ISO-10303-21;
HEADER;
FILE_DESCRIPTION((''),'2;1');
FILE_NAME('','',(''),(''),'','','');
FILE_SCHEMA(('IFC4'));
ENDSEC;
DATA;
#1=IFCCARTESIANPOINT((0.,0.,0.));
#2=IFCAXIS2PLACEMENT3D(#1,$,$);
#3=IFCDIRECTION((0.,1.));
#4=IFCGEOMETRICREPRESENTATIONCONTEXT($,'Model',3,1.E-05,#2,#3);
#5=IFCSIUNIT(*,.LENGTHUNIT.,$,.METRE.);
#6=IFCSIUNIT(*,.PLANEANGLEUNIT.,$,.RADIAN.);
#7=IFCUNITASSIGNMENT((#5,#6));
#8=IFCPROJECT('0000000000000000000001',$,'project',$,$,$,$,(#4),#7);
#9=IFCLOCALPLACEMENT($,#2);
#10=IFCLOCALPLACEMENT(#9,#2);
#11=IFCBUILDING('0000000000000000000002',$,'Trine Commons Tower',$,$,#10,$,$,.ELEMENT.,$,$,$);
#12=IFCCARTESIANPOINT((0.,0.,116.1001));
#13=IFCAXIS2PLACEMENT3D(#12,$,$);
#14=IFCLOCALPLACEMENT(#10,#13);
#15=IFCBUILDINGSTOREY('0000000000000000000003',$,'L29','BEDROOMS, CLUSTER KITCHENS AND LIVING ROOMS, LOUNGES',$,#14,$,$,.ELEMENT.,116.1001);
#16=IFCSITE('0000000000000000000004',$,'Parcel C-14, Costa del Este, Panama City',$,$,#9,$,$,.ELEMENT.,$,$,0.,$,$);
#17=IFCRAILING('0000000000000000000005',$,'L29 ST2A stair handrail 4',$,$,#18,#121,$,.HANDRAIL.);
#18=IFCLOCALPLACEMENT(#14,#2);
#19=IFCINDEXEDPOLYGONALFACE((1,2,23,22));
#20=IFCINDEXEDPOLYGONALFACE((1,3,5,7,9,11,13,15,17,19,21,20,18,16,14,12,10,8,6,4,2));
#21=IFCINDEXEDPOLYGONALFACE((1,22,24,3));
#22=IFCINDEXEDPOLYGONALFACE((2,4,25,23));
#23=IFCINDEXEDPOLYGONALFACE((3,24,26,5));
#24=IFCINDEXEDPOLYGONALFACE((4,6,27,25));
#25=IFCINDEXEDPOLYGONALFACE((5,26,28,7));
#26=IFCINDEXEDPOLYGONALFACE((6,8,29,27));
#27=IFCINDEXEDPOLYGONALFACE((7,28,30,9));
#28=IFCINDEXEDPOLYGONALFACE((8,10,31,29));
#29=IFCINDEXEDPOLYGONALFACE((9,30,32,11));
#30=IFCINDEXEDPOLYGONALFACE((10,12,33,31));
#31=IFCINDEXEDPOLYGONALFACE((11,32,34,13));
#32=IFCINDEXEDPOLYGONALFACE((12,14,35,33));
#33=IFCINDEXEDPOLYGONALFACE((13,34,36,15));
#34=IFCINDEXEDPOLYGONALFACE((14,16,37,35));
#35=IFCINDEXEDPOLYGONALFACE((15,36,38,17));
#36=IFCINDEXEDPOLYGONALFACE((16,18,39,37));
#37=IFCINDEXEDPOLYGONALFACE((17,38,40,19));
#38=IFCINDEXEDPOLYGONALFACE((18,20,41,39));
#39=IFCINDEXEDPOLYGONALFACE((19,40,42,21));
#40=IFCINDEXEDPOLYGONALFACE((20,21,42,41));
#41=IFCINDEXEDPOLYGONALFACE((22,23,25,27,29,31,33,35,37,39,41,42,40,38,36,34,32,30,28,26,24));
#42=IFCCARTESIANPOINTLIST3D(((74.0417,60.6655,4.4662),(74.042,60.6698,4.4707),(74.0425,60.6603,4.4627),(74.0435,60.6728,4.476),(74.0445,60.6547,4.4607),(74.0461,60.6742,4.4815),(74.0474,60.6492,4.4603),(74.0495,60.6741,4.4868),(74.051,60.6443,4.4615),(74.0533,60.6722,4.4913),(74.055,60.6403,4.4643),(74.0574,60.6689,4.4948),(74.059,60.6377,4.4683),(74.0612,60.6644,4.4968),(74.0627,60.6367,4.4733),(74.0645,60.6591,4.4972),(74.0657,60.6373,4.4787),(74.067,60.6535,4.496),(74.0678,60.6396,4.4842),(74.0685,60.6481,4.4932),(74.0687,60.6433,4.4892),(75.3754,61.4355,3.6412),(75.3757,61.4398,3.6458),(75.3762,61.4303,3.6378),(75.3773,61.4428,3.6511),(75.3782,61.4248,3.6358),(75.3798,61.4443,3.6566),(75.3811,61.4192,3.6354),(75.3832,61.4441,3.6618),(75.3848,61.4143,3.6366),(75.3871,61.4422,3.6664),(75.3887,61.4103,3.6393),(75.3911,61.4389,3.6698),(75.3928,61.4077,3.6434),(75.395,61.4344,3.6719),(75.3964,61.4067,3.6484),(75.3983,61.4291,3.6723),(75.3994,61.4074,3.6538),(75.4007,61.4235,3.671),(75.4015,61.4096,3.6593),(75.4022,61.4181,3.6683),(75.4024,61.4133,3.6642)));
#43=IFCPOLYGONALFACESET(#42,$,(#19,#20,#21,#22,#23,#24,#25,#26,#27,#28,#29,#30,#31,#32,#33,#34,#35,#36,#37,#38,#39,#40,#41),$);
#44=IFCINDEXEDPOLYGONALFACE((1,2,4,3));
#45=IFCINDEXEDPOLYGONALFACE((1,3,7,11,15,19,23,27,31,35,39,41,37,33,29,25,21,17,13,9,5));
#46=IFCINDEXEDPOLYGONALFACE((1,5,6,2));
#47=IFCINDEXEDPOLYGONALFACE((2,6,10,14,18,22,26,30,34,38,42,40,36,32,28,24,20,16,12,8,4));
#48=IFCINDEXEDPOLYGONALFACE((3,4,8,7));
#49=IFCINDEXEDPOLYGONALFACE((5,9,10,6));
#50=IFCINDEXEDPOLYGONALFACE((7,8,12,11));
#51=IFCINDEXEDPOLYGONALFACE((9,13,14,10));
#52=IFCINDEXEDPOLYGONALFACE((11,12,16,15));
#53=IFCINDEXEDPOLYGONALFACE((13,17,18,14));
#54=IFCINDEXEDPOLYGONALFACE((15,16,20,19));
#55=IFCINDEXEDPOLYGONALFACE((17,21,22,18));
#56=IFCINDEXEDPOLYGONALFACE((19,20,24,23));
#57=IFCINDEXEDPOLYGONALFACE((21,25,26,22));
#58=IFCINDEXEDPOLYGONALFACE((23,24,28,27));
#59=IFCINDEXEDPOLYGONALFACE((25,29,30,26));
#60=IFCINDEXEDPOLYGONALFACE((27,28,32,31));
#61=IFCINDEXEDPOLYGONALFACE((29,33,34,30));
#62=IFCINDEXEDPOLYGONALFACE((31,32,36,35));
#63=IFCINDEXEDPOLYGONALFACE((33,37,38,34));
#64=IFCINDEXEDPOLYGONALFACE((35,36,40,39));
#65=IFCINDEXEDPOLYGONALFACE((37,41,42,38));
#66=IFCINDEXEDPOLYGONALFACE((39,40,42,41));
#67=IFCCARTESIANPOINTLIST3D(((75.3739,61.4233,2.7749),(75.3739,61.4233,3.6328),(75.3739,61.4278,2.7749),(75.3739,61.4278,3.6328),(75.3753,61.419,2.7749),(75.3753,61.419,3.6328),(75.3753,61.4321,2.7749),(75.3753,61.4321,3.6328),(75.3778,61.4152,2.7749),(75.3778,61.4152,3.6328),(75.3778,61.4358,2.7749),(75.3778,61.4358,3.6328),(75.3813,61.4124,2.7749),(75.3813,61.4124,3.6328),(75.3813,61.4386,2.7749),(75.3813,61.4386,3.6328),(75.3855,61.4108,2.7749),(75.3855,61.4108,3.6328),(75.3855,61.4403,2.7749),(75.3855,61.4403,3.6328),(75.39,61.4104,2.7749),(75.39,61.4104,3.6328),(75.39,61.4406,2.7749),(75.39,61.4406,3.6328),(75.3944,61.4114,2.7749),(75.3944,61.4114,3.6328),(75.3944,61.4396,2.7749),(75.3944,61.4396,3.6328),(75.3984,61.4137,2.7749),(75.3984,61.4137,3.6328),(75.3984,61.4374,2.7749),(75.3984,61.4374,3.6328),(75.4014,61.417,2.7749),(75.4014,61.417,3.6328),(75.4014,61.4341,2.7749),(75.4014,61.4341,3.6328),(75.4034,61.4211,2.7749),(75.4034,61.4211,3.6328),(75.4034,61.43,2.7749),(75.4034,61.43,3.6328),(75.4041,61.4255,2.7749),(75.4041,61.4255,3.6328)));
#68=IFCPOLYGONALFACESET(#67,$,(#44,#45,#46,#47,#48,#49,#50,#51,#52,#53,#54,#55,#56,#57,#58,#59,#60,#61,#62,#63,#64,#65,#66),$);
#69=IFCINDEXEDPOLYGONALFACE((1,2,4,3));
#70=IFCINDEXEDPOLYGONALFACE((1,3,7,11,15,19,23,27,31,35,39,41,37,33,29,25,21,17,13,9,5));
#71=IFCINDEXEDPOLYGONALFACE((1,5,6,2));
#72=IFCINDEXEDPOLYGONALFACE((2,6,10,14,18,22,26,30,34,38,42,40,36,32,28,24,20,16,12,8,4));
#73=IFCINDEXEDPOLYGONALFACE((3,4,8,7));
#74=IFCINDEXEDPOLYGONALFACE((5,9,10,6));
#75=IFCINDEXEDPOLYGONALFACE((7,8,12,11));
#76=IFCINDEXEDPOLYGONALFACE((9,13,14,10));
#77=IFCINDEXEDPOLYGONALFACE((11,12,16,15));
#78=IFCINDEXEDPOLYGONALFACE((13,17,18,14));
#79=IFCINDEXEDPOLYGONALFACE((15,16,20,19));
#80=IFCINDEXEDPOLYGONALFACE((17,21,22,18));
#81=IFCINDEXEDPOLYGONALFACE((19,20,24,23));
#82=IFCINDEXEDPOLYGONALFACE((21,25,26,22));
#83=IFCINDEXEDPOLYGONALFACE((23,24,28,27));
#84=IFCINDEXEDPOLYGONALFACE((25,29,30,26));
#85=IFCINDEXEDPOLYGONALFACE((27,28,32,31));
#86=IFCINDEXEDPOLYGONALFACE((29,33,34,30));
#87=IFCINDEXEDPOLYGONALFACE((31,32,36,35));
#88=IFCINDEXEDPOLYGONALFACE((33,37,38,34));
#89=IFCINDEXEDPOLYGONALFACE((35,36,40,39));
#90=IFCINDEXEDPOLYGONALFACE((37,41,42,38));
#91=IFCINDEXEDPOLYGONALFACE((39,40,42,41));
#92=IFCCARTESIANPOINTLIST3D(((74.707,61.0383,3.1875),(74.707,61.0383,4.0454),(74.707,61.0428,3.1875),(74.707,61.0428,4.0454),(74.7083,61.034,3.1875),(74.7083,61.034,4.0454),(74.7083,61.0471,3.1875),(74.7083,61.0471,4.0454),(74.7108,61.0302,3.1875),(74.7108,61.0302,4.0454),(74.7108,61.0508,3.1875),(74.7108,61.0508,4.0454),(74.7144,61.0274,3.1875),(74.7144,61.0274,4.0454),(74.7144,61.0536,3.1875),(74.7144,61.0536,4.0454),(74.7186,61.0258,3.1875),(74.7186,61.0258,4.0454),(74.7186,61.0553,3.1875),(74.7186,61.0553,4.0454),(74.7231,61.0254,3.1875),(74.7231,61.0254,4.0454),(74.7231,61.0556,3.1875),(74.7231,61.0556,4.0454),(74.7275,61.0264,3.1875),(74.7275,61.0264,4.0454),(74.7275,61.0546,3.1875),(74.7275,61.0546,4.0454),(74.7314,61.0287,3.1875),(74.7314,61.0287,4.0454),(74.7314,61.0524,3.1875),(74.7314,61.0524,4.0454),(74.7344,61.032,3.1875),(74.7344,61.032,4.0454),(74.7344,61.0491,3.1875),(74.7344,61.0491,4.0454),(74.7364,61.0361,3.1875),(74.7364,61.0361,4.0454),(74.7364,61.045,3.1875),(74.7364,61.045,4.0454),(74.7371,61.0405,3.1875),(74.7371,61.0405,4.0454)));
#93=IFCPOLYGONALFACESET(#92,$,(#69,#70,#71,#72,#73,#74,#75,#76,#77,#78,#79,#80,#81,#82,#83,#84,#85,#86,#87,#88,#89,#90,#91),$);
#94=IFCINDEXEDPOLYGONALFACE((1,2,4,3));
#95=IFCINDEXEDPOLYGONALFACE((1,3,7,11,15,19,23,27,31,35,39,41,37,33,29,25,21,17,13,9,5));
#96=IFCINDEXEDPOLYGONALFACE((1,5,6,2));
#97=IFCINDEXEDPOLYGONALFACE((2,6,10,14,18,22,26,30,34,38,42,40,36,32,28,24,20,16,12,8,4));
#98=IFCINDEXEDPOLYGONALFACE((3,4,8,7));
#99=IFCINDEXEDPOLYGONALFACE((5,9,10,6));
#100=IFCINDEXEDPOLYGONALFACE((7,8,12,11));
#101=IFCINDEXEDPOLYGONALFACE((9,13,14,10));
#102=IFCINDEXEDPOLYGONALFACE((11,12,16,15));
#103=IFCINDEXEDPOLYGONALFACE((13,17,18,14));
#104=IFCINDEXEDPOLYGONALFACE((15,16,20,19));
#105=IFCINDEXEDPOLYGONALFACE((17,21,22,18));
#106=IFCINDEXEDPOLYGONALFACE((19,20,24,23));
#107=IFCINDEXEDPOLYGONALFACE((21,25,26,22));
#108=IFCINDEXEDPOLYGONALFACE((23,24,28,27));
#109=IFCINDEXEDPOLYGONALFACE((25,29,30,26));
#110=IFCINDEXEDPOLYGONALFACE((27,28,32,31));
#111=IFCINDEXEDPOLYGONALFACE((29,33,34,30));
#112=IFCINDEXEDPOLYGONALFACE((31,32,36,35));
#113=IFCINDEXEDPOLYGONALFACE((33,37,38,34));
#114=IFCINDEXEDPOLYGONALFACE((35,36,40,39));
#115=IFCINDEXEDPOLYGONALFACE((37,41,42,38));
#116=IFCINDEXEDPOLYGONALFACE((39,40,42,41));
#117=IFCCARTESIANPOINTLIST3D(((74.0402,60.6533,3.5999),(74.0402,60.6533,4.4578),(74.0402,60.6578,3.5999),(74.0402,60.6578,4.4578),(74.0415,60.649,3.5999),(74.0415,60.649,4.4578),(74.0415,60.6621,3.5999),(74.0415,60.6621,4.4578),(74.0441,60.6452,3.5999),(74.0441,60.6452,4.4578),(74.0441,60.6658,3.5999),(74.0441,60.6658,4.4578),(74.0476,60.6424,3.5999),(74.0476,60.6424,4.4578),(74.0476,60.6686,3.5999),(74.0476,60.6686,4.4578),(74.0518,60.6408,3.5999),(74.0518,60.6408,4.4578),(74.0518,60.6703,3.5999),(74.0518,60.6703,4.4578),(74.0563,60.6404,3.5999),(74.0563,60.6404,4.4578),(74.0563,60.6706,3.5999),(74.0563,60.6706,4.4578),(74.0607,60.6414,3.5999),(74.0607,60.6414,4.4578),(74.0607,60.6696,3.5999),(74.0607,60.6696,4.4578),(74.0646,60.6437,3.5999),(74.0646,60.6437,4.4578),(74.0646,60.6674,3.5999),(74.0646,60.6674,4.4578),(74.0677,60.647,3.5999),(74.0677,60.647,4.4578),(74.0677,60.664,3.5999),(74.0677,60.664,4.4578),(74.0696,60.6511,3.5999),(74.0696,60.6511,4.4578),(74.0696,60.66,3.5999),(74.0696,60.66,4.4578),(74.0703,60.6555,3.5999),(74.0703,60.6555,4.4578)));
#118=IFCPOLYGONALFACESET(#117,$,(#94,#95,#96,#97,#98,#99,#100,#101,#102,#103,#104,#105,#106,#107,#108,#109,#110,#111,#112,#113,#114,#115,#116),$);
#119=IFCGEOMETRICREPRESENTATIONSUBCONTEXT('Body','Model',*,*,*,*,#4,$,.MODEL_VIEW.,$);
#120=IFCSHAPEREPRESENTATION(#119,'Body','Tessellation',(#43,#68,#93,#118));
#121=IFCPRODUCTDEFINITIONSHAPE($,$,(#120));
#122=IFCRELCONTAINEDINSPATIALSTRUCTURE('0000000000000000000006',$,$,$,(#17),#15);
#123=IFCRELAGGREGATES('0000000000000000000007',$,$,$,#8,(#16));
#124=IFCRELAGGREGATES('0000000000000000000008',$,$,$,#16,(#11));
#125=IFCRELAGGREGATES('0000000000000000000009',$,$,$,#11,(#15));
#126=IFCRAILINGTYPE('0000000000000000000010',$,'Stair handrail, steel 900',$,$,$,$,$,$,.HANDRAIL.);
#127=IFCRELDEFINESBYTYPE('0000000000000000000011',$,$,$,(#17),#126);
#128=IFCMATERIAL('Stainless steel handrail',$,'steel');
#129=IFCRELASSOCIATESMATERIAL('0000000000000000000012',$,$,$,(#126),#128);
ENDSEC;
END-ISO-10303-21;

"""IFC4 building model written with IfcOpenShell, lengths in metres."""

from ifc_helpers import new_model, si_unit, direction, frame, origin, origin_2d, place, context, subcontext, project, spatial, circle, extrude, material, type_object, element, save


model = new_model("IFC4")

# Units and contexts
model_context = context("Model", 3, precision=1e-05, world=origin(), true_north=direction((0.0, 1.0)))
body_context = subcontext(model_context, "Body", "Model", "MODEL_VIEW")
ifc_project = project(units=[si_unit("LENGTHUNIT", "METRE"), si_unit("PLANEANGLEUNIT", "RADIAN")], contexts=[model_context])

# Site, building, storey
site_placement = place(None, origin())
site = spatial("IfcSite", under=ifc_project, at=site_placement, Name="Parcel C-14, Costa del Este, Panama City", CompositionType="ELEMENT", RefElevation=0.0)
building_placement = place(site_placement, origin())
building = spatial("IfcBuilding", under=site, at=building_placement, Name="Trine Commons Tower", CompositionType="ELEMENT")
storey_placement = place(building_placement, frame((0.0, 0.0, 116.1001)))
storey = spatial("IfcBuildingStorey", under=building, at=storey_placement, Name="L29", Description="BEDROOMS, CLUSTER KITCHENS AND LIVING ROOMS, LOUNGES", CompositionType="ELEMENT", Elevation=116.1001)

# Railing
ifc_material_1 = material(Name="Stainless steel handrail", Category="steel")
railing_type_1 = type_object("IfcRailingType", Name="Stair handrail, steel 900", PredefinedType="HANDRAIL", material=ifc_material_1)
railing_1_placement = place(storey_placement, frame((75.3889, 61.4255, 2.7749)))
element("IfcRailing", 1, at=railing_1_placement, inside=storey, type_object=railing_type_1, Name="L29 ST2A stair handrail 4", PredefinedType="HANDRAIL", context=body_context, shape_type="SweptSolid", body=[
    extrude(circle(Radius=0.021, at=origin_2d()), frame((0.0, 0.0, 0.8789), z_axis=(-0.763405, -0.440743, 0.472185), x_axis=(0.499992, -0.86603, 0.0)), (0.0, 0.0, 1.0), 1.7471),
    extrude(circle(Radius=0.0151, at=origin_2d()), origin(), (0.0, 0.0, 1.0), 0.8579),
    extrude(circle(Radius=0.0151, at=origin_2d()), frame((-0.667, -0.385, 0.4126)), (0.0, 0.0, 1.0), 0.8579),
    extrude(circle(Radius=0.0151, at=origin_2d()), frame((-1.3337, -0.77, 0.825)), (0.0, 0.0, 1.0), 0.8579),
])

save(model, "model.ifc")
